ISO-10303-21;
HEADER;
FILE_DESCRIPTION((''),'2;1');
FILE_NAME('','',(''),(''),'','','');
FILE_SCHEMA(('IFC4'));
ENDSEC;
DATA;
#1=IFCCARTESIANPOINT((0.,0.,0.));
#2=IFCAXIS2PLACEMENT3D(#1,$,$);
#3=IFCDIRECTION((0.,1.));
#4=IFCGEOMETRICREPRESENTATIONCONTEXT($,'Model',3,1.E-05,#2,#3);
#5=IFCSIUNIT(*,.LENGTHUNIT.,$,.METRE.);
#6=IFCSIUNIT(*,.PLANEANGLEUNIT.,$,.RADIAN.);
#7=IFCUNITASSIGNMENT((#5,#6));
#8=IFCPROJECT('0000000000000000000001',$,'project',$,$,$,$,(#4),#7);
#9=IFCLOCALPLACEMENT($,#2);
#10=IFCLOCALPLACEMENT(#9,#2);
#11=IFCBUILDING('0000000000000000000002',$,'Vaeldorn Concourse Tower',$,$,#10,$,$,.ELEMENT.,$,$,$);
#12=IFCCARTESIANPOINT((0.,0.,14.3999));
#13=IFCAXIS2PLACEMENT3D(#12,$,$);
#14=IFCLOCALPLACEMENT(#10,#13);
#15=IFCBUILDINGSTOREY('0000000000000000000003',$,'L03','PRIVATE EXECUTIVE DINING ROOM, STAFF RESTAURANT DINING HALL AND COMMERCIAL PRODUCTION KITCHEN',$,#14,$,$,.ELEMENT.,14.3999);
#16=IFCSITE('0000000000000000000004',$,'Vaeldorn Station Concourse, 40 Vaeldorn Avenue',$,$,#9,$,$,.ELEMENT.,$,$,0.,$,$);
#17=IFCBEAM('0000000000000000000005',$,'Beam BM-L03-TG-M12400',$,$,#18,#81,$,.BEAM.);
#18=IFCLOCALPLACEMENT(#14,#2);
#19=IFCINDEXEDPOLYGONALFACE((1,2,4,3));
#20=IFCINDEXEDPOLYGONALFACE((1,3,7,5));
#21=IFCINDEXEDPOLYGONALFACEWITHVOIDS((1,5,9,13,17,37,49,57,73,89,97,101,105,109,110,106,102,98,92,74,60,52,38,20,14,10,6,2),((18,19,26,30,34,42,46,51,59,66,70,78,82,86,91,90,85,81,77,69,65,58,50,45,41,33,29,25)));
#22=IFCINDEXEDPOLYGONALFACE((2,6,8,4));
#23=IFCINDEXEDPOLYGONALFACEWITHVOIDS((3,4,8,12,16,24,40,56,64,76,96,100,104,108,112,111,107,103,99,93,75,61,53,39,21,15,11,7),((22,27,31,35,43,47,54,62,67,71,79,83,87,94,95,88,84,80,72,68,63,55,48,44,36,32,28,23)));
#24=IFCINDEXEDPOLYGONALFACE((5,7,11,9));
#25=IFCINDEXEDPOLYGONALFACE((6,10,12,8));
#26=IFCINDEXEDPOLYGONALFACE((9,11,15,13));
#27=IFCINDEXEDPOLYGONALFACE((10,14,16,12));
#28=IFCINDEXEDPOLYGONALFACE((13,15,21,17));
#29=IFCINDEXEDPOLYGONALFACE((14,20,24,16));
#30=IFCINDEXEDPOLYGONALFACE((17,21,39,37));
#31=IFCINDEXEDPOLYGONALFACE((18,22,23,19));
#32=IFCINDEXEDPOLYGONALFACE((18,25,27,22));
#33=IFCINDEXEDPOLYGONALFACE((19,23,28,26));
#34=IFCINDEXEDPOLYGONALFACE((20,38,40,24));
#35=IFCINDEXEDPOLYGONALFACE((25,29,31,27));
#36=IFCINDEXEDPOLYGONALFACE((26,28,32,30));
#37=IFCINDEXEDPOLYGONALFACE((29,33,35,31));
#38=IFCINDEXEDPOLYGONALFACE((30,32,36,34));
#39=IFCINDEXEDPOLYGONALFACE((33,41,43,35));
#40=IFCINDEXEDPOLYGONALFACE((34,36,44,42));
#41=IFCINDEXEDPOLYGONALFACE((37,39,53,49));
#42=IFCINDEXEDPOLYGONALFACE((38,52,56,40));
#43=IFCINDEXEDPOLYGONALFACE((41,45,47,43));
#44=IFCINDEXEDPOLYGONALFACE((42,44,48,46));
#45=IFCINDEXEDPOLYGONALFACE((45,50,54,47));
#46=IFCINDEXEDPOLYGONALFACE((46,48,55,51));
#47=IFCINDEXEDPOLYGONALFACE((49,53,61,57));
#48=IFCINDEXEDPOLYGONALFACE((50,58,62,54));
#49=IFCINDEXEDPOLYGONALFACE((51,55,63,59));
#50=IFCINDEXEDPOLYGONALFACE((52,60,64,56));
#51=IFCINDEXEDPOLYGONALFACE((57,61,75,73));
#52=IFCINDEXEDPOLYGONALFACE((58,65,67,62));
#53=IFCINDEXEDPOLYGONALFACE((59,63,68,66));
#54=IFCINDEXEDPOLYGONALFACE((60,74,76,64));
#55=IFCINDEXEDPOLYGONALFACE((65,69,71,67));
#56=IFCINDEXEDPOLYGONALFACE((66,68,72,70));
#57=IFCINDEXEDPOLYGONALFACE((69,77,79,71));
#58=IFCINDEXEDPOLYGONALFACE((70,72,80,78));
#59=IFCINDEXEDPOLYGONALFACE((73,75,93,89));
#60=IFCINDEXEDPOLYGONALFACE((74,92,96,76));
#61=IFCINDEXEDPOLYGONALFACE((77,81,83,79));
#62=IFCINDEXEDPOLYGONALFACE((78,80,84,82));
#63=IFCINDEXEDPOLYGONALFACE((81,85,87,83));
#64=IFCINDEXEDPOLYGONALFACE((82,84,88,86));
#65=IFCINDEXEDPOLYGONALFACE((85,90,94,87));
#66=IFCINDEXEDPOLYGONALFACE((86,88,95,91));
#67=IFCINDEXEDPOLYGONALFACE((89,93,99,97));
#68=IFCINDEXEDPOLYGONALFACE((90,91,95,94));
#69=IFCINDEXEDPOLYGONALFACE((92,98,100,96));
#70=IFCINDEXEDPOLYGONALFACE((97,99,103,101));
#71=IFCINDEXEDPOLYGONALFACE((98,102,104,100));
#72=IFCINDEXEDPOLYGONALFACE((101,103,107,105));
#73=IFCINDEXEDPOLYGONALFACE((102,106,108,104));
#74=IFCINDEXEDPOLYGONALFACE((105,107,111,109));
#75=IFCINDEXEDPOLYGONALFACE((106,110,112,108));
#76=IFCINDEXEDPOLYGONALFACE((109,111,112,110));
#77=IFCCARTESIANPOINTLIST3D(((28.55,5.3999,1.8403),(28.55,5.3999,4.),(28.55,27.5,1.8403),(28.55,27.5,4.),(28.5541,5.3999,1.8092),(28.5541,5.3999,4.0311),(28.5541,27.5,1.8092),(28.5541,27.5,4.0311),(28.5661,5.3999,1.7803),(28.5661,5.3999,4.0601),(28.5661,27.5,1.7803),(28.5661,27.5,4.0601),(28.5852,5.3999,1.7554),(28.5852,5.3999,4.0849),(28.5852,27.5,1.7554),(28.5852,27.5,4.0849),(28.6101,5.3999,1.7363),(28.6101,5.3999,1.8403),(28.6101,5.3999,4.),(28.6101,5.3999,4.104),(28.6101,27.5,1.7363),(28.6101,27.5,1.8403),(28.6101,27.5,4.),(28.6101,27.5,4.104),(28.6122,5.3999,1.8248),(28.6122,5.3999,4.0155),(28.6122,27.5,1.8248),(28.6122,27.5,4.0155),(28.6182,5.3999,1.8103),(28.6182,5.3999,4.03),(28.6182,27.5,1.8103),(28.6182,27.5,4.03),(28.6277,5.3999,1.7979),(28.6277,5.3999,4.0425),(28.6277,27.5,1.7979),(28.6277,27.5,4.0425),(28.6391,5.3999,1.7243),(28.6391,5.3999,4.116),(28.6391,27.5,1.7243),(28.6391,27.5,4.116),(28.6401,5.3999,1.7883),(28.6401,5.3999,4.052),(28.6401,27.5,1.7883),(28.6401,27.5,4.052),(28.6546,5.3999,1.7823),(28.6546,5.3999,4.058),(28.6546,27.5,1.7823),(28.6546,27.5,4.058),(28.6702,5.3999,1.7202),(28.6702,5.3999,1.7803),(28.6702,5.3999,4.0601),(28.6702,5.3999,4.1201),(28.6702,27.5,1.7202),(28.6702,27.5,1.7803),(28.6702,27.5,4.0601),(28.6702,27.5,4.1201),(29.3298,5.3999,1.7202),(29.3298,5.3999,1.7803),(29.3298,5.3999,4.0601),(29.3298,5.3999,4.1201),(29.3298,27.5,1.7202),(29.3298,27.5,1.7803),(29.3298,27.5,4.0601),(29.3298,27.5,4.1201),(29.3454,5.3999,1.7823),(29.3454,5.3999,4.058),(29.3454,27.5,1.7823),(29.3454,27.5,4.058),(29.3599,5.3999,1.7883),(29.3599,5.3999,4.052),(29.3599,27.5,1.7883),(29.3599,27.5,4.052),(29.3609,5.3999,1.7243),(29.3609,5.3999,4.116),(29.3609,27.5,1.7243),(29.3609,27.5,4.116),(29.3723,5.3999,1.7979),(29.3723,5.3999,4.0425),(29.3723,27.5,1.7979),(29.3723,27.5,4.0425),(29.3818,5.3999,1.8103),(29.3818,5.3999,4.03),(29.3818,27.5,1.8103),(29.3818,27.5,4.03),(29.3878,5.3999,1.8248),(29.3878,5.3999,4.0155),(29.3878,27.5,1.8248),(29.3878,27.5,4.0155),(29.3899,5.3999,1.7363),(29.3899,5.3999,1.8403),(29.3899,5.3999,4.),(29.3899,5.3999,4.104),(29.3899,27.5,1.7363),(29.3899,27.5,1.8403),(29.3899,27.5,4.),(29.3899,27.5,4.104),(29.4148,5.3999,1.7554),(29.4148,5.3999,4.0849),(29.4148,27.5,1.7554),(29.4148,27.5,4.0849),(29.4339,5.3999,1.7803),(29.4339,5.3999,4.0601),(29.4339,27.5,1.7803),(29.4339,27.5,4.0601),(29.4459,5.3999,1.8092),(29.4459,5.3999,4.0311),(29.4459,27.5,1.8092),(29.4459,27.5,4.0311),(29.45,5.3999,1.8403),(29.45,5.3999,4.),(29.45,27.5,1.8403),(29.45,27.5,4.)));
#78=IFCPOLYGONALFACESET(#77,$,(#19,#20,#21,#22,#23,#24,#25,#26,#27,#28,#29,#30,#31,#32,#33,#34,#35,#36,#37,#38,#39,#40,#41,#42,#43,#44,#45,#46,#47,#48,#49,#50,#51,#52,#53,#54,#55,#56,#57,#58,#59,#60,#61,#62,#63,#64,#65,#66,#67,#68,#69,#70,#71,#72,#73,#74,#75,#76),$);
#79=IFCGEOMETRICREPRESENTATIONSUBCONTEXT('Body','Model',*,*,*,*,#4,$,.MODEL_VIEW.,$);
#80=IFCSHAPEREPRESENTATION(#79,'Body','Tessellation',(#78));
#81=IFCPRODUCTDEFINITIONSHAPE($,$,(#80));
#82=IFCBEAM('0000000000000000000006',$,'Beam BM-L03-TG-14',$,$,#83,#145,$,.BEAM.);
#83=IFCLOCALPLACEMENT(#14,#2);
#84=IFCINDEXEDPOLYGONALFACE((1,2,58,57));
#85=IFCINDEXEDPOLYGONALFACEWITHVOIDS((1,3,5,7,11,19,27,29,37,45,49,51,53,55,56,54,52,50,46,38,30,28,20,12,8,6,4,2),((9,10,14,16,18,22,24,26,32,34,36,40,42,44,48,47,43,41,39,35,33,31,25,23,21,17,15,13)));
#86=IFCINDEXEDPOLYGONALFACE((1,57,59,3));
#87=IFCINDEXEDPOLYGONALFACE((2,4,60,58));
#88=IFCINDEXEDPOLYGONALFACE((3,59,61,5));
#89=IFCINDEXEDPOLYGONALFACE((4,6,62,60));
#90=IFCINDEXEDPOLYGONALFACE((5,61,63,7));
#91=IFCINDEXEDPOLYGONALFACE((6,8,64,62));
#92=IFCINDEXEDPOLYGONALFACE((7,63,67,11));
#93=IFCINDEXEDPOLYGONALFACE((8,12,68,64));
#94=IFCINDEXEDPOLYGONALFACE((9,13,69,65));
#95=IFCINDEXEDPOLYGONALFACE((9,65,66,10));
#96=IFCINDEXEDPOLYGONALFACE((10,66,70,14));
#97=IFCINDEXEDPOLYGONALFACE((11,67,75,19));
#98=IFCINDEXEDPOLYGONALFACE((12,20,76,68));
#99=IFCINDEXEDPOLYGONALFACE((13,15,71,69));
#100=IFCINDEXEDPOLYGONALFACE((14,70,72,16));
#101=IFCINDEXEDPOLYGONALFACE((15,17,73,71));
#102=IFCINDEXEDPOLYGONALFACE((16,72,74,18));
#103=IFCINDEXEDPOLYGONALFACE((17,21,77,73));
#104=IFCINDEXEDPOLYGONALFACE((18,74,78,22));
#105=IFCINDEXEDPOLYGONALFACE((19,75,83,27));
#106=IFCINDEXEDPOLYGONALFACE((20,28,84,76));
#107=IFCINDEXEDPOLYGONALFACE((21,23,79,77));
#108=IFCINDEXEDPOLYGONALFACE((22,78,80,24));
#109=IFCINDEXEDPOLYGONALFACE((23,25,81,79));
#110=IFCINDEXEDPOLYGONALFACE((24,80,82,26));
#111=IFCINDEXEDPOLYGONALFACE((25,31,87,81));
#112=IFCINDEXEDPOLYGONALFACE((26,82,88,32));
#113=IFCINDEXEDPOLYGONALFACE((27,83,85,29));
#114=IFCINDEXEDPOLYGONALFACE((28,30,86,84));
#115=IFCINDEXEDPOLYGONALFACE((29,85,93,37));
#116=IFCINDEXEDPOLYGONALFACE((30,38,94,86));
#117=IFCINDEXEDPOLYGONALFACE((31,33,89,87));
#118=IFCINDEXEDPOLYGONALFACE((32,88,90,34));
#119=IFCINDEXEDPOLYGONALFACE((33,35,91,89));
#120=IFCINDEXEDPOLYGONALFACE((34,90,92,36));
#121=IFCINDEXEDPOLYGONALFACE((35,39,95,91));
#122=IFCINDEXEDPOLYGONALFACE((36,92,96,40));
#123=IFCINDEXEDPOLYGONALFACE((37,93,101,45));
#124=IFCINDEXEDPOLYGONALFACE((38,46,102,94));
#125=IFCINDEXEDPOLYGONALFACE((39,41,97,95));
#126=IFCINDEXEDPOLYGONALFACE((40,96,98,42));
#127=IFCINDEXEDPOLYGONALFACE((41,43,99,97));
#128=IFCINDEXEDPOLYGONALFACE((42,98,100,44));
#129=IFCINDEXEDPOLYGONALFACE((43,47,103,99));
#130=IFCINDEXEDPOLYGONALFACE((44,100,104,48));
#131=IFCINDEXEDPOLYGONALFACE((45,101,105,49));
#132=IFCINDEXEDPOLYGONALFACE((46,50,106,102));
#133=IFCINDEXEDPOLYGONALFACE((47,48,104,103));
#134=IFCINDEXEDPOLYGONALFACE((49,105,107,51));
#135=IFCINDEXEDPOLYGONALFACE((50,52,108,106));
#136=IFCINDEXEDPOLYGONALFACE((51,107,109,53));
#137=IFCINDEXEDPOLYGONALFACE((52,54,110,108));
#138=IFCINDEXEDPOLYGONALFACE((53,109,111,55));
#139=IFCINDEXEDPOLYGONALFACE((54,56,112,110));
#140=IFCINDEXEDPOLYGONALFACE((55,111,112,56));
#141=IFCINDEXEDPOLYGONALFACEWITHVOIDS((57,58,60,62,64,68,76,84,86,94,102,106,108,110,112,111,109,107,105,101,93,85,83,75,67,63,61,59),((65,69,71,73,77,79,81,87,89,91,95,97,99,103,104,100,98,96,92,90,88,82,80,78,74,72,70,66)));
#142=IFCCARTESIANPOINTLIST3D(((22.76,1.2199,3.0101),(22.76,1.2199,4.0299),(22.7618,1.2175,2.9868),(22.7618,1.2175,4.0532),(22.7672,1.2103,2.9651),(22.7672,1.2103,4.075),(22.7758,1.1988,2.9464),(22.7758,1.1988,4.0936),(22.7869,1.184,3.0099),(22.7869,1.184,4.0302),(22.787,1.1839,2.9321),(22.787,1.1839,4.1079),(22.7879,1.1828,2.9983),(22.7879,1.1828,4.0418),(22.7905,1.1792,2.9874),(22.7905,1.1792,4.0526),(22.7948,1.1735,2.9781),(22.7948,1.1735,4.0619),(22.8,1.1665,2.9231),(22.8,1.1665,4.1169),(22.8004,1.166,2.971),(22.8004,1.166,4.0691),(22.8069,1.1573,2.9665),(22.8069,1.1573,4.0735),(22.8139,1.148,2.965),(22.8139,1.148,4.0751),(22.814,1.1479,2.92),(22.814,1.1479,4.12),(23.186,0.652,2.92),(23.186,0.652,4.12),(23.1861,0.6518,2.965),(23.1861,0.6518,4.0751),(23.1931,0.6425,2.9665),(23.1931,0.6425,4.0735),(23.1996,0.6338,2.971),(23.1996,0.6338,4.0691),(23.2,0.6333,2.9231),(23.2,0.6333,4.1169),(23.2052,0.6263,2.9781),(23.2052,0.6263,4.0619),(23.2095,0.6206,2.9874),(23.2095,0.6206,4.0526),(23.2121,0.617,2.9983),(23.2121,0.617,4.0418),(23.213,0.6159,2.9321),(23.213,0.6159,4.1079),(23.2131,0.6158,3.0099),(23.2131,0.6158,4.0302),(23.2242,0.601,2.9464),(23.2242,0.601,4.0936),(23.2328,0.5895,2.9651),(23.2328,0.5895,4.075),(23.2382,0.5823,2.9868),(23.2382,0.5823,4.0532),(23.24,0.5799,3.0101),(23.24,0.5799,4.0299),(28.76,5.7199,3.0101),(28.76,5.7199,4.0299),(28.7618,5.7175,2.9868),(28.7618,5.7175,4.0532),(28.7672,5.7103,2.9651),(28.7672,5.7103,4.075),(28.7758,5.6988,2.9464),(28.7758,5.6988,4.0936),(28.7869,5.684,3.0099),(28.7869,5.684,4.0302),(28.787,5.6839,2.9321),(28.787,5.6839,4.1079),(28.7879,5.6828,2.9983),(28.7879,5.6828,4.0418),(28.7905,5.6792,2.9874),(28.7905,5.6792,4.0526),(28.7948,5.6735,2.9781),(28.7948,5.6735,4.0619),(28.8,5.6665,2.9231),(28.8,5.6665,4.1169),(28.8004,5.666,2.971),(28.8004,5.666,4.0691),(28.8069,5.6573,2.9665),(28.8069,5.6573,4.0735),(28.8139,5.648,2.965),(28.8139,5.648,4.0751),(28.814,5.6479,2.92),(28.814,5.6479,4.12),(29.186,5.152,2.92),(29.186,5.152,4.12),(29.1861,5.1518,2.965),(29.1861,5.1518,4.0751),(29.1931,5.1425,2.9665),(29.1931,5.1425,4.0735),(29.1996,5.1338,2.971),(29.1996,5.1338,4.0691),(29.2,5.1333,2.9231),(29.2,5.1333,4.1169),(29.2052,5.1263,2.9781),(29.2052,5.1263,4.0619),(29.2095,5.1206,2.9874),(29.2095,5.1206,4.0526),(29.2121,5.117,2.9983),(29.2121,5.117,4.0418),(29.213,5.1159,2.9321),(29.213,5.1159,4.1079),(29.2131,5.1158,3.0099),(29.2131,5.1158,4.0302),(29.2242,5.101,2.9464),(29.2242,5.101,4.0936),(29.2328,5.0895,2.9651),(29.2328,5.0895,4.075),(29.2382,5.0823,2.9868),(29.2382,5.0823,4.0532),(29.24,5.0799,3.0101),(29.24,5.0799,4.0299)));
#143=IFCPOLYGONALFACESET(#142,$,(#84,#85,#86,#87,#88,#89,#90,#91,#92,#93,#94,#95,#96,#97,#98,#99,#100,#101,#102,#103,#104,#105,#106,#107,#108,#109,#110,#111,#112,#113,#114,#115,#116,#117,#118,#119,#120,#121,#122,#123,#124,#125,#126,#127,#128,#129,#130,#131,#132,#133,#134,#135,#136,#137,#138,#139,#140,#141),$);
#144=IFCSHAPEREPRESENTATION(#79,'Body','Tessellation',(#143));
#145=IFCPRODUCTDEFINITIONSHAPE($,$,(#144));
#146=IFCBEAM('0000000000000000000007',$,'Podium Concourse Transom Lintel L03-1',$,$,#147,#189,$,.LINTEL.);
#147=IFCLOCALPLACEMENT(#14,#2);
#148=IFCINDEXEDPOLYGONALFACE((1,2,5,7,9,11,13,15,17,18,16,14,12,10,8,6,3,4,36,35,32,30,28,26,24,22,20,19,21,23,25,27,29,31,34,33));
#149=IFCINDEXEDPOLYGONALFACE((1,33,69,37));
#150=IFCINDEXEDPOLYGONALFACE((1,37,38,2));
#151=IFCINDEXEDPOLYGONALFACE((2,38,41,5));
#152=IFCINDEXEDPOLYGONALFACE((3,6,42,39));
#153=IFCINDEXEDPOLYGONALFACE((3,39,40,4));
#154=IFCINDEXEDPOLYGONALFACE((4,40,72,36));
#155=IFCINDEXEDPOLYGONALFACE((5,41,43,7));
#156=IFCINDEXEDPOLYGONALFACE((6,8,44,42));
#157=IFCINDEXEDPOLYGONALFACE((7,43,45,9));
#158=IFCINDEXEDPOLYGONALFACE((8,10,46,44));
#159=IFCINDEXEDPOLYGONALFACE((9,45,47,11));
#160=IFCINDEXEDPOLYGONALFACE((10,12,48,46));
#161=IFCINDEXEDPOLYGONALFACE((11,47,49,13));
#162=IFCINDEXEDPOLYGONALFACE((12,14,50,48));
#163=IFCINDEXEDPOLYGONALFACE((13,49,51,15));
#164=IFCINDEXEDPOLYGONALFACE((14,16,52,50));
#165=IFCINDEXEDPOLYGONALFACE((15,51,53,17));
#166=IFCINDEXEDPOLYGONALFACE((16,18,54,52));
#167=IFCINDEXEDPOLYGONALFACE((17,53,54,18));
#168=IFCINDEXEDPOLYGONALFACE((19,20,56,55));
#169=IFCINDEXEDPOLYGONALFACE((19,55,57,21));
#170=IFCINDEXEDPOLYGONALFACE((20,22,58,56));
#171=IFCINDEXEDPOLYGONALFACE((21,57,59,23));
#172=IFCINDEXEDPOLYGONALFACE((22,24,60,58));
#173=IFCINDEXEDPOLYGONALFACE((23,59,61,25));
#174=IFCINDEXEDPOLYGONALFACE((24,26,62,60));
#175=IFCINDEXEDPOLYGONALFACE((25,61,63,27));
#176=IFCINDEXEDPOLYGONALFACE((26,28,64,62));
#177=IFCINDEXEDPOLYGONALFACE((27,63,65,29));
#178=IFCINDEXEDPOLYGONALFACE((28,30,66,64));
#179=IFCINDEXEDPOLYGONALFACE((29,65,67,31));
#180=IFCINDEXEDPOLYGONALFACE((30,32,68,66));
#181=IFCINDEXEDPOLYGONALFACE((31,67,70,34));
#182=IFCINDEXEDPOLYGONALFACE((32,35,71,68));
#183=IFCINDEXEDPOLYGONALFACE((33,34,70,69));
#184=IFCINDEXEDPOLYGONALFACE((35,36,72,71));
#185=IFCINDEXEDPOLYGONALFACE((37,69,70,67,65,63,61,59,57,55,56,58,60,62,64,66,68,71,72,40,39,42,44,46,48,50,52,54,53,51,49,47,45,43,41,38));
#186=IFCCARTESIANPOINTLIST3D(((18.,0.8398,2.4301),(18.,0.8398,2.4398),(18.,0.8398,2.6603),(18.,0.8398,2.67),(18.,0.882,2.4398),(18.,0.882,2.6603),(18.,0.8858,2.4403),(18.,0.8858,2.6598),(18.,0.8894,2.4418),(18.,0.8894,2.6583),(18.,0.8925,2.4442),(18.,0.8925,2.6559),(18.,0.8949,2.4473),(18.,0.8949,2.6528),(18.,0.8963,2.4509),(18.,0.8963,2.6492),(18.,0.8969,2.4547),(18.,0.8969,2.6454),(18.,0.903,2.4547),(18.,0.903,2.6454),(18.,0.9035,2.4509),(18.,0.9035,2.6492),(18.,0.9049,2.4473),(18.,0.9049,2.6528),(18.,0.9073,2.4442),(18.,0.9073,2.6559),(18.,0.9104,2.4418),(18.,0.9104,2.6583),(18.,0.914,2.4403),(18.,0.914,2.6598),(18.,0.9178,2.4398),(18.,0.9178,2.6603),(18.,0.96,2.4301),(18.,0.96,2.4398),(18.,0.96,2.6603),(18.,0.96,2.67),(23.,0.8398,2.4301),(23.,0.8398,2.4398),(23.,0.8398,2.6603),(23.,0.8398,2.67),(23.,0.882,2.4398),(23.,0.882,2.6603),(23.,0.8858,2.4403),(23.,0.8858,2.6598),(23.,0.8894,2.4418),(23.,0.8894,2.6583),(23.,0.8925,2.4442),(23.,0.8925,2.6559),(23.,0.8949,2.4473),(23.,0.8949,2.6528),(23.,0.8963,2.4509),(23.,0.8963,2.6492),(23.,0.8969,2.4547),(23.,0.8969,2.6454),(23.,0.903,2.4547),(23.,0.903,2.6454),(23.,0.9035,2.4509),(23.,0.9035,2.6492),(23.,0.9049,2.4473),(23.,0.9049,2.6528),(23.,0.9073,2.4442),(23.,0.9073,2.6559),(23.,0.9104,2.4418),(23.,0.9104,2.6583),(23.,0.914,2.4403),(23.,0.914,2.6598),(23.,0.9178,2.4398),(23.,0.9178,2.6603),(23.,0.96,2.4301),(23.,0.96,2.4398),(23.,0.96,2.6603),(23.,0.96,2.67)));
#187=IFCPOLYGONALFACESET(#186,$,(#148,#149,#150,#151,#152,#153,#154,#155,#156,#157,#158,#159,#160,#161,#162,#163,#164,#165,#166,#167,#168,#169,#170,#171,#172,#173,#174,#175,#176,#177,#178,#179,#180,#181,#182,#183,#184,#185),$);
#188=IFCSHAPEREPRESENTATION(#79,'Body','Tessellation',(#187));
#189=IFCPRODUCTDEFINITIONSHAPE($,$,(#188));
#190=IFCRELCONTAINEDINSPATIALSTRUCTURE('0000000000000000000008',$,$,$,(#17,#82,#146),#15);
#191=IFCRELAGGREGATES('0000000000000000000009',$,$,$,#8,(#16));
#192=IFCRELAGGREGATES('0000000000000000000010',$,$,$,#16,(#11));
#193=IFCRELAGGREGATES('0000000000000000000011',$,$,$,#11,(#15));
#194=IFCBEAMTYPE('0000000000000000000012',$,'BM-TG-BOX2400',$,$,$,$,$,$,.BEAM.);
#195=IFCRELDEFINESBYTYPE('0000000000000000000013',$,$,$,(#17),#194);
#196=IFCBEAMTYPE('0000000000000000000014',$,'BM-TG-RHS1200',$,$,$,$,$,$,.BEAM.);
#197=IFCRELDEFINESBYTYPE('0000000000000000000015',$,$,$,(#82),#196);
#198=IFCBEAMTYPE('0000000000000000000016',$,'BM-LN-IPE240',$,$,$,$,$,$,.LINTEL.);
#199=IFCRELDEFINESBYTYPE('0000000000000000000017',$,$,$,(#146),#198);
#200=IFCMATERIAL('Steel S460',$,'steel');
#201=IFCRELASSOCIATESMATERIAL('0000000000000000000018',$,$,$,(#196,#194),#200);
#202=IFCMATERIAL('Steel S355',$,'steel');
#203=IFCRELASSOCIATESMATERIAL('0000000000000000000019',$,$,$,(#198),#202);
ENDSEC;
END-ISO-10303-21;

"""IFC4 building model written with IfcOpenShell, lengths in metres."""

from ifc_helpers import new_model, si_unit, direction, frame, origin, origin_2d, place, context, subcontext, project, spatial, hollow_rectangle, i_section, extrude, source, transform, mapped, material, material_profile, profile_set, type_object, element, save


model = new_model("IFC4")

# Units and contexts
model_context = context("Model", 3, precision=1e-05, world=origin(), true_north=direction((0.0, 1.0)))
body_context = subcontext(model_context, "Body", "Model", "MODEL_VIEW")
ifc_project = project(units=[si_unit("LENGTHUNIT", "METRE"), si_unit("PLANEANGLEUNIT", "RADIAN")], contexts=[model_context])

# Site, building, storey
site_placement = place(None, origin())
site = spatial("IfcSite", under=ifc_project, at=site_placement, Name="Vaeldorn Station Concourse, 40 Vaeldorn Avenue", CompositionType="ELEMENT", RefElevation=0.0)
building_placement = place(site_placement, origin())
building = spatial("IfcBuilding", under=site, at=building_placement, Name="Vaeldorn Concourse Tower", CompositionType="ELEMENT")
storey_placement = place(building_placement, frame((0.0, 0.0, 14.3999)))
storey = spatial("IfcBuildingStorey", under=building, at=storey_placement, Name="L03", Description="PRIVATE EXECUTIVE DINING ROOM, STAFF RESTAURANT DINING HALL AND COMMERCIAL PRODUCTION KITCHEN", CompositionType="ELEMENT", Elevation=14.3999)

# Shared definitions
ifc_material_1 = material(Name="Steel S460", Category="steel")

# Beams
ifc_material_profile_1 = material_profile(ifc_material_1, hollow_rectangle(XDim=0.8, YDim=1.2, WallThickness=0.0449, InnerFilletRadius=0.0449, OuterFilletRadius=0.0901, at=origin_2d()), Name="RHS 1200x800x45")
ifc_profile_set_1 = profile_set([ifc_material_profile_1], Name="Steel S460")
beam_type_1 = type_object("IfcBeamType", Name="BM-TG-RHS1200", PredefinedType="BEAM", material=ifc_profile_set_1)
ifc_material_profile_2 = material_profile(ifc_material_1, hollow_rectangle(XDim=0.8999, YDim=2.3999, WallThickness=0.0601, InnerFilletRadius=0.0601, OuterFilletRadius=0.1201, at=origin_2d()), Name="RHS 2400x900x60")
ifc_profile_set_2 = profile_set([ifc_material_profile_2], Name="Steel S460")
beam_type_2 = type_object("IfcBeamType", Name="BM-TG-BOX2400", PredefinedType="BEAM", material=ifc_profile_set_2)
shared_shape_1 = source(origin(), body_context, "Body", "SweptSolid", [
    extrude(hollow_rectangle(XDim=0.8999, YDim=2.3999, WallThickness=0.0601, InnerFilletRadius=0.0601, OuterFilletRadius=0.1201, at=origin_2d()), origin(), (0.0, 0.0, 1.0), 22.1001),
])
beam_1_placement = place(storey_placement, frame((29.0, 5.3999, 2.9202), z_axis=(0.0, 1.0, 0.0), x_axis=(-1.0, 0.0, 0.0)))
element("IfcBeam", 1, at=beam_1_placement, inside=storey, type_object=beam_type_2, Name="Beam BM-L03-TG-M12400", PredefinedType="BEAM", context=body_context, shape_type="MappedRepresentation", body=[
    mapped(shared_shape_1, transform((0.0, 0.0, 0.0), scale=1.0)),
])
shared_shape_2 = source(origin(), body_context, "Body", "SweptSolid", [
    extrude(hollow_rectangle(XDim=0.8, YDim=1.2, WallThickness=0.0449, InnerFilletRadius=0.0449, OuterFilletRadius=0.0901, at=origin_2d()), origin(), (0.0, 0.0, 1.0), 7.5),
])
beam_2_placement = place(storey_placement, frame((23.0, 0.8999, 3.52), z_axis=(0.8, 0.6, 0.0), x_axis=(-0.6, 0.8, 0.0)))
element("IfcBeam", 2, at=beam_2_placement, inside=storey, type_object=beam_type_1, Name="Beam BM-L03-TG-14", PredefinedType="BEAM", context=body_context, shape_type="MappedRepresentation", body=[
    mapped(shared_shape_2, transform((0.0, 0.0, 0.0), scale=1.0)),
])
ifc_material_2 = material(Name="Steel S355", Category="steel")
ifc_material_profile_3 = material_profile(ifc_material_2, i_section(OverallWidth=0.1201, OverallDepth=0.24, WebThickness=0.0061, FlangeThickness=0.0098, FilletRadius=0.0149, at=origin_2d()), Name="IPE 240")
ifc_profile_set_3 = profile_set([ifc_material_profile_3], Name="Steel S355")
beam_type_3 = type_object("IfcBeamType", Name="BM-LN-IPE240", PredefinedType="LINTEL", material=ifc_profile_set_3)
shared_shape_3 = source(origin(), body_context, "Body", "SweptSolid", [
    extrude(i_section(OverallWidth=0.1201, OverallDepth=0.24, WebThickness=0.0061, FlangeThickness=0.0098, FilletRadius=0.0149, at=origin_2d()), origin(), (0.0, 0.0, 1.0), 5.0),
])
beam_3_placement = place(storey_placement, frame((18.0, 0.8999, 2.55), z_axis=(1.0, 0.0, 0.0), x_axis=(0.0, 1.0, 0.0)))
element("IfcBeam", 3, at=beam_3_placement, inside=storey, type_object=beam_type_3, Name="Podium Concourse Transom Lintel L03-1", PredefinedType="LINTEL", context=body_context, shape_type="MappedRepresentation", body=[
    mapped(shared_shape_3, transform((0.0, 0.0, 0.0), scale=1.0)),
])

save(model, "model.ifc")
